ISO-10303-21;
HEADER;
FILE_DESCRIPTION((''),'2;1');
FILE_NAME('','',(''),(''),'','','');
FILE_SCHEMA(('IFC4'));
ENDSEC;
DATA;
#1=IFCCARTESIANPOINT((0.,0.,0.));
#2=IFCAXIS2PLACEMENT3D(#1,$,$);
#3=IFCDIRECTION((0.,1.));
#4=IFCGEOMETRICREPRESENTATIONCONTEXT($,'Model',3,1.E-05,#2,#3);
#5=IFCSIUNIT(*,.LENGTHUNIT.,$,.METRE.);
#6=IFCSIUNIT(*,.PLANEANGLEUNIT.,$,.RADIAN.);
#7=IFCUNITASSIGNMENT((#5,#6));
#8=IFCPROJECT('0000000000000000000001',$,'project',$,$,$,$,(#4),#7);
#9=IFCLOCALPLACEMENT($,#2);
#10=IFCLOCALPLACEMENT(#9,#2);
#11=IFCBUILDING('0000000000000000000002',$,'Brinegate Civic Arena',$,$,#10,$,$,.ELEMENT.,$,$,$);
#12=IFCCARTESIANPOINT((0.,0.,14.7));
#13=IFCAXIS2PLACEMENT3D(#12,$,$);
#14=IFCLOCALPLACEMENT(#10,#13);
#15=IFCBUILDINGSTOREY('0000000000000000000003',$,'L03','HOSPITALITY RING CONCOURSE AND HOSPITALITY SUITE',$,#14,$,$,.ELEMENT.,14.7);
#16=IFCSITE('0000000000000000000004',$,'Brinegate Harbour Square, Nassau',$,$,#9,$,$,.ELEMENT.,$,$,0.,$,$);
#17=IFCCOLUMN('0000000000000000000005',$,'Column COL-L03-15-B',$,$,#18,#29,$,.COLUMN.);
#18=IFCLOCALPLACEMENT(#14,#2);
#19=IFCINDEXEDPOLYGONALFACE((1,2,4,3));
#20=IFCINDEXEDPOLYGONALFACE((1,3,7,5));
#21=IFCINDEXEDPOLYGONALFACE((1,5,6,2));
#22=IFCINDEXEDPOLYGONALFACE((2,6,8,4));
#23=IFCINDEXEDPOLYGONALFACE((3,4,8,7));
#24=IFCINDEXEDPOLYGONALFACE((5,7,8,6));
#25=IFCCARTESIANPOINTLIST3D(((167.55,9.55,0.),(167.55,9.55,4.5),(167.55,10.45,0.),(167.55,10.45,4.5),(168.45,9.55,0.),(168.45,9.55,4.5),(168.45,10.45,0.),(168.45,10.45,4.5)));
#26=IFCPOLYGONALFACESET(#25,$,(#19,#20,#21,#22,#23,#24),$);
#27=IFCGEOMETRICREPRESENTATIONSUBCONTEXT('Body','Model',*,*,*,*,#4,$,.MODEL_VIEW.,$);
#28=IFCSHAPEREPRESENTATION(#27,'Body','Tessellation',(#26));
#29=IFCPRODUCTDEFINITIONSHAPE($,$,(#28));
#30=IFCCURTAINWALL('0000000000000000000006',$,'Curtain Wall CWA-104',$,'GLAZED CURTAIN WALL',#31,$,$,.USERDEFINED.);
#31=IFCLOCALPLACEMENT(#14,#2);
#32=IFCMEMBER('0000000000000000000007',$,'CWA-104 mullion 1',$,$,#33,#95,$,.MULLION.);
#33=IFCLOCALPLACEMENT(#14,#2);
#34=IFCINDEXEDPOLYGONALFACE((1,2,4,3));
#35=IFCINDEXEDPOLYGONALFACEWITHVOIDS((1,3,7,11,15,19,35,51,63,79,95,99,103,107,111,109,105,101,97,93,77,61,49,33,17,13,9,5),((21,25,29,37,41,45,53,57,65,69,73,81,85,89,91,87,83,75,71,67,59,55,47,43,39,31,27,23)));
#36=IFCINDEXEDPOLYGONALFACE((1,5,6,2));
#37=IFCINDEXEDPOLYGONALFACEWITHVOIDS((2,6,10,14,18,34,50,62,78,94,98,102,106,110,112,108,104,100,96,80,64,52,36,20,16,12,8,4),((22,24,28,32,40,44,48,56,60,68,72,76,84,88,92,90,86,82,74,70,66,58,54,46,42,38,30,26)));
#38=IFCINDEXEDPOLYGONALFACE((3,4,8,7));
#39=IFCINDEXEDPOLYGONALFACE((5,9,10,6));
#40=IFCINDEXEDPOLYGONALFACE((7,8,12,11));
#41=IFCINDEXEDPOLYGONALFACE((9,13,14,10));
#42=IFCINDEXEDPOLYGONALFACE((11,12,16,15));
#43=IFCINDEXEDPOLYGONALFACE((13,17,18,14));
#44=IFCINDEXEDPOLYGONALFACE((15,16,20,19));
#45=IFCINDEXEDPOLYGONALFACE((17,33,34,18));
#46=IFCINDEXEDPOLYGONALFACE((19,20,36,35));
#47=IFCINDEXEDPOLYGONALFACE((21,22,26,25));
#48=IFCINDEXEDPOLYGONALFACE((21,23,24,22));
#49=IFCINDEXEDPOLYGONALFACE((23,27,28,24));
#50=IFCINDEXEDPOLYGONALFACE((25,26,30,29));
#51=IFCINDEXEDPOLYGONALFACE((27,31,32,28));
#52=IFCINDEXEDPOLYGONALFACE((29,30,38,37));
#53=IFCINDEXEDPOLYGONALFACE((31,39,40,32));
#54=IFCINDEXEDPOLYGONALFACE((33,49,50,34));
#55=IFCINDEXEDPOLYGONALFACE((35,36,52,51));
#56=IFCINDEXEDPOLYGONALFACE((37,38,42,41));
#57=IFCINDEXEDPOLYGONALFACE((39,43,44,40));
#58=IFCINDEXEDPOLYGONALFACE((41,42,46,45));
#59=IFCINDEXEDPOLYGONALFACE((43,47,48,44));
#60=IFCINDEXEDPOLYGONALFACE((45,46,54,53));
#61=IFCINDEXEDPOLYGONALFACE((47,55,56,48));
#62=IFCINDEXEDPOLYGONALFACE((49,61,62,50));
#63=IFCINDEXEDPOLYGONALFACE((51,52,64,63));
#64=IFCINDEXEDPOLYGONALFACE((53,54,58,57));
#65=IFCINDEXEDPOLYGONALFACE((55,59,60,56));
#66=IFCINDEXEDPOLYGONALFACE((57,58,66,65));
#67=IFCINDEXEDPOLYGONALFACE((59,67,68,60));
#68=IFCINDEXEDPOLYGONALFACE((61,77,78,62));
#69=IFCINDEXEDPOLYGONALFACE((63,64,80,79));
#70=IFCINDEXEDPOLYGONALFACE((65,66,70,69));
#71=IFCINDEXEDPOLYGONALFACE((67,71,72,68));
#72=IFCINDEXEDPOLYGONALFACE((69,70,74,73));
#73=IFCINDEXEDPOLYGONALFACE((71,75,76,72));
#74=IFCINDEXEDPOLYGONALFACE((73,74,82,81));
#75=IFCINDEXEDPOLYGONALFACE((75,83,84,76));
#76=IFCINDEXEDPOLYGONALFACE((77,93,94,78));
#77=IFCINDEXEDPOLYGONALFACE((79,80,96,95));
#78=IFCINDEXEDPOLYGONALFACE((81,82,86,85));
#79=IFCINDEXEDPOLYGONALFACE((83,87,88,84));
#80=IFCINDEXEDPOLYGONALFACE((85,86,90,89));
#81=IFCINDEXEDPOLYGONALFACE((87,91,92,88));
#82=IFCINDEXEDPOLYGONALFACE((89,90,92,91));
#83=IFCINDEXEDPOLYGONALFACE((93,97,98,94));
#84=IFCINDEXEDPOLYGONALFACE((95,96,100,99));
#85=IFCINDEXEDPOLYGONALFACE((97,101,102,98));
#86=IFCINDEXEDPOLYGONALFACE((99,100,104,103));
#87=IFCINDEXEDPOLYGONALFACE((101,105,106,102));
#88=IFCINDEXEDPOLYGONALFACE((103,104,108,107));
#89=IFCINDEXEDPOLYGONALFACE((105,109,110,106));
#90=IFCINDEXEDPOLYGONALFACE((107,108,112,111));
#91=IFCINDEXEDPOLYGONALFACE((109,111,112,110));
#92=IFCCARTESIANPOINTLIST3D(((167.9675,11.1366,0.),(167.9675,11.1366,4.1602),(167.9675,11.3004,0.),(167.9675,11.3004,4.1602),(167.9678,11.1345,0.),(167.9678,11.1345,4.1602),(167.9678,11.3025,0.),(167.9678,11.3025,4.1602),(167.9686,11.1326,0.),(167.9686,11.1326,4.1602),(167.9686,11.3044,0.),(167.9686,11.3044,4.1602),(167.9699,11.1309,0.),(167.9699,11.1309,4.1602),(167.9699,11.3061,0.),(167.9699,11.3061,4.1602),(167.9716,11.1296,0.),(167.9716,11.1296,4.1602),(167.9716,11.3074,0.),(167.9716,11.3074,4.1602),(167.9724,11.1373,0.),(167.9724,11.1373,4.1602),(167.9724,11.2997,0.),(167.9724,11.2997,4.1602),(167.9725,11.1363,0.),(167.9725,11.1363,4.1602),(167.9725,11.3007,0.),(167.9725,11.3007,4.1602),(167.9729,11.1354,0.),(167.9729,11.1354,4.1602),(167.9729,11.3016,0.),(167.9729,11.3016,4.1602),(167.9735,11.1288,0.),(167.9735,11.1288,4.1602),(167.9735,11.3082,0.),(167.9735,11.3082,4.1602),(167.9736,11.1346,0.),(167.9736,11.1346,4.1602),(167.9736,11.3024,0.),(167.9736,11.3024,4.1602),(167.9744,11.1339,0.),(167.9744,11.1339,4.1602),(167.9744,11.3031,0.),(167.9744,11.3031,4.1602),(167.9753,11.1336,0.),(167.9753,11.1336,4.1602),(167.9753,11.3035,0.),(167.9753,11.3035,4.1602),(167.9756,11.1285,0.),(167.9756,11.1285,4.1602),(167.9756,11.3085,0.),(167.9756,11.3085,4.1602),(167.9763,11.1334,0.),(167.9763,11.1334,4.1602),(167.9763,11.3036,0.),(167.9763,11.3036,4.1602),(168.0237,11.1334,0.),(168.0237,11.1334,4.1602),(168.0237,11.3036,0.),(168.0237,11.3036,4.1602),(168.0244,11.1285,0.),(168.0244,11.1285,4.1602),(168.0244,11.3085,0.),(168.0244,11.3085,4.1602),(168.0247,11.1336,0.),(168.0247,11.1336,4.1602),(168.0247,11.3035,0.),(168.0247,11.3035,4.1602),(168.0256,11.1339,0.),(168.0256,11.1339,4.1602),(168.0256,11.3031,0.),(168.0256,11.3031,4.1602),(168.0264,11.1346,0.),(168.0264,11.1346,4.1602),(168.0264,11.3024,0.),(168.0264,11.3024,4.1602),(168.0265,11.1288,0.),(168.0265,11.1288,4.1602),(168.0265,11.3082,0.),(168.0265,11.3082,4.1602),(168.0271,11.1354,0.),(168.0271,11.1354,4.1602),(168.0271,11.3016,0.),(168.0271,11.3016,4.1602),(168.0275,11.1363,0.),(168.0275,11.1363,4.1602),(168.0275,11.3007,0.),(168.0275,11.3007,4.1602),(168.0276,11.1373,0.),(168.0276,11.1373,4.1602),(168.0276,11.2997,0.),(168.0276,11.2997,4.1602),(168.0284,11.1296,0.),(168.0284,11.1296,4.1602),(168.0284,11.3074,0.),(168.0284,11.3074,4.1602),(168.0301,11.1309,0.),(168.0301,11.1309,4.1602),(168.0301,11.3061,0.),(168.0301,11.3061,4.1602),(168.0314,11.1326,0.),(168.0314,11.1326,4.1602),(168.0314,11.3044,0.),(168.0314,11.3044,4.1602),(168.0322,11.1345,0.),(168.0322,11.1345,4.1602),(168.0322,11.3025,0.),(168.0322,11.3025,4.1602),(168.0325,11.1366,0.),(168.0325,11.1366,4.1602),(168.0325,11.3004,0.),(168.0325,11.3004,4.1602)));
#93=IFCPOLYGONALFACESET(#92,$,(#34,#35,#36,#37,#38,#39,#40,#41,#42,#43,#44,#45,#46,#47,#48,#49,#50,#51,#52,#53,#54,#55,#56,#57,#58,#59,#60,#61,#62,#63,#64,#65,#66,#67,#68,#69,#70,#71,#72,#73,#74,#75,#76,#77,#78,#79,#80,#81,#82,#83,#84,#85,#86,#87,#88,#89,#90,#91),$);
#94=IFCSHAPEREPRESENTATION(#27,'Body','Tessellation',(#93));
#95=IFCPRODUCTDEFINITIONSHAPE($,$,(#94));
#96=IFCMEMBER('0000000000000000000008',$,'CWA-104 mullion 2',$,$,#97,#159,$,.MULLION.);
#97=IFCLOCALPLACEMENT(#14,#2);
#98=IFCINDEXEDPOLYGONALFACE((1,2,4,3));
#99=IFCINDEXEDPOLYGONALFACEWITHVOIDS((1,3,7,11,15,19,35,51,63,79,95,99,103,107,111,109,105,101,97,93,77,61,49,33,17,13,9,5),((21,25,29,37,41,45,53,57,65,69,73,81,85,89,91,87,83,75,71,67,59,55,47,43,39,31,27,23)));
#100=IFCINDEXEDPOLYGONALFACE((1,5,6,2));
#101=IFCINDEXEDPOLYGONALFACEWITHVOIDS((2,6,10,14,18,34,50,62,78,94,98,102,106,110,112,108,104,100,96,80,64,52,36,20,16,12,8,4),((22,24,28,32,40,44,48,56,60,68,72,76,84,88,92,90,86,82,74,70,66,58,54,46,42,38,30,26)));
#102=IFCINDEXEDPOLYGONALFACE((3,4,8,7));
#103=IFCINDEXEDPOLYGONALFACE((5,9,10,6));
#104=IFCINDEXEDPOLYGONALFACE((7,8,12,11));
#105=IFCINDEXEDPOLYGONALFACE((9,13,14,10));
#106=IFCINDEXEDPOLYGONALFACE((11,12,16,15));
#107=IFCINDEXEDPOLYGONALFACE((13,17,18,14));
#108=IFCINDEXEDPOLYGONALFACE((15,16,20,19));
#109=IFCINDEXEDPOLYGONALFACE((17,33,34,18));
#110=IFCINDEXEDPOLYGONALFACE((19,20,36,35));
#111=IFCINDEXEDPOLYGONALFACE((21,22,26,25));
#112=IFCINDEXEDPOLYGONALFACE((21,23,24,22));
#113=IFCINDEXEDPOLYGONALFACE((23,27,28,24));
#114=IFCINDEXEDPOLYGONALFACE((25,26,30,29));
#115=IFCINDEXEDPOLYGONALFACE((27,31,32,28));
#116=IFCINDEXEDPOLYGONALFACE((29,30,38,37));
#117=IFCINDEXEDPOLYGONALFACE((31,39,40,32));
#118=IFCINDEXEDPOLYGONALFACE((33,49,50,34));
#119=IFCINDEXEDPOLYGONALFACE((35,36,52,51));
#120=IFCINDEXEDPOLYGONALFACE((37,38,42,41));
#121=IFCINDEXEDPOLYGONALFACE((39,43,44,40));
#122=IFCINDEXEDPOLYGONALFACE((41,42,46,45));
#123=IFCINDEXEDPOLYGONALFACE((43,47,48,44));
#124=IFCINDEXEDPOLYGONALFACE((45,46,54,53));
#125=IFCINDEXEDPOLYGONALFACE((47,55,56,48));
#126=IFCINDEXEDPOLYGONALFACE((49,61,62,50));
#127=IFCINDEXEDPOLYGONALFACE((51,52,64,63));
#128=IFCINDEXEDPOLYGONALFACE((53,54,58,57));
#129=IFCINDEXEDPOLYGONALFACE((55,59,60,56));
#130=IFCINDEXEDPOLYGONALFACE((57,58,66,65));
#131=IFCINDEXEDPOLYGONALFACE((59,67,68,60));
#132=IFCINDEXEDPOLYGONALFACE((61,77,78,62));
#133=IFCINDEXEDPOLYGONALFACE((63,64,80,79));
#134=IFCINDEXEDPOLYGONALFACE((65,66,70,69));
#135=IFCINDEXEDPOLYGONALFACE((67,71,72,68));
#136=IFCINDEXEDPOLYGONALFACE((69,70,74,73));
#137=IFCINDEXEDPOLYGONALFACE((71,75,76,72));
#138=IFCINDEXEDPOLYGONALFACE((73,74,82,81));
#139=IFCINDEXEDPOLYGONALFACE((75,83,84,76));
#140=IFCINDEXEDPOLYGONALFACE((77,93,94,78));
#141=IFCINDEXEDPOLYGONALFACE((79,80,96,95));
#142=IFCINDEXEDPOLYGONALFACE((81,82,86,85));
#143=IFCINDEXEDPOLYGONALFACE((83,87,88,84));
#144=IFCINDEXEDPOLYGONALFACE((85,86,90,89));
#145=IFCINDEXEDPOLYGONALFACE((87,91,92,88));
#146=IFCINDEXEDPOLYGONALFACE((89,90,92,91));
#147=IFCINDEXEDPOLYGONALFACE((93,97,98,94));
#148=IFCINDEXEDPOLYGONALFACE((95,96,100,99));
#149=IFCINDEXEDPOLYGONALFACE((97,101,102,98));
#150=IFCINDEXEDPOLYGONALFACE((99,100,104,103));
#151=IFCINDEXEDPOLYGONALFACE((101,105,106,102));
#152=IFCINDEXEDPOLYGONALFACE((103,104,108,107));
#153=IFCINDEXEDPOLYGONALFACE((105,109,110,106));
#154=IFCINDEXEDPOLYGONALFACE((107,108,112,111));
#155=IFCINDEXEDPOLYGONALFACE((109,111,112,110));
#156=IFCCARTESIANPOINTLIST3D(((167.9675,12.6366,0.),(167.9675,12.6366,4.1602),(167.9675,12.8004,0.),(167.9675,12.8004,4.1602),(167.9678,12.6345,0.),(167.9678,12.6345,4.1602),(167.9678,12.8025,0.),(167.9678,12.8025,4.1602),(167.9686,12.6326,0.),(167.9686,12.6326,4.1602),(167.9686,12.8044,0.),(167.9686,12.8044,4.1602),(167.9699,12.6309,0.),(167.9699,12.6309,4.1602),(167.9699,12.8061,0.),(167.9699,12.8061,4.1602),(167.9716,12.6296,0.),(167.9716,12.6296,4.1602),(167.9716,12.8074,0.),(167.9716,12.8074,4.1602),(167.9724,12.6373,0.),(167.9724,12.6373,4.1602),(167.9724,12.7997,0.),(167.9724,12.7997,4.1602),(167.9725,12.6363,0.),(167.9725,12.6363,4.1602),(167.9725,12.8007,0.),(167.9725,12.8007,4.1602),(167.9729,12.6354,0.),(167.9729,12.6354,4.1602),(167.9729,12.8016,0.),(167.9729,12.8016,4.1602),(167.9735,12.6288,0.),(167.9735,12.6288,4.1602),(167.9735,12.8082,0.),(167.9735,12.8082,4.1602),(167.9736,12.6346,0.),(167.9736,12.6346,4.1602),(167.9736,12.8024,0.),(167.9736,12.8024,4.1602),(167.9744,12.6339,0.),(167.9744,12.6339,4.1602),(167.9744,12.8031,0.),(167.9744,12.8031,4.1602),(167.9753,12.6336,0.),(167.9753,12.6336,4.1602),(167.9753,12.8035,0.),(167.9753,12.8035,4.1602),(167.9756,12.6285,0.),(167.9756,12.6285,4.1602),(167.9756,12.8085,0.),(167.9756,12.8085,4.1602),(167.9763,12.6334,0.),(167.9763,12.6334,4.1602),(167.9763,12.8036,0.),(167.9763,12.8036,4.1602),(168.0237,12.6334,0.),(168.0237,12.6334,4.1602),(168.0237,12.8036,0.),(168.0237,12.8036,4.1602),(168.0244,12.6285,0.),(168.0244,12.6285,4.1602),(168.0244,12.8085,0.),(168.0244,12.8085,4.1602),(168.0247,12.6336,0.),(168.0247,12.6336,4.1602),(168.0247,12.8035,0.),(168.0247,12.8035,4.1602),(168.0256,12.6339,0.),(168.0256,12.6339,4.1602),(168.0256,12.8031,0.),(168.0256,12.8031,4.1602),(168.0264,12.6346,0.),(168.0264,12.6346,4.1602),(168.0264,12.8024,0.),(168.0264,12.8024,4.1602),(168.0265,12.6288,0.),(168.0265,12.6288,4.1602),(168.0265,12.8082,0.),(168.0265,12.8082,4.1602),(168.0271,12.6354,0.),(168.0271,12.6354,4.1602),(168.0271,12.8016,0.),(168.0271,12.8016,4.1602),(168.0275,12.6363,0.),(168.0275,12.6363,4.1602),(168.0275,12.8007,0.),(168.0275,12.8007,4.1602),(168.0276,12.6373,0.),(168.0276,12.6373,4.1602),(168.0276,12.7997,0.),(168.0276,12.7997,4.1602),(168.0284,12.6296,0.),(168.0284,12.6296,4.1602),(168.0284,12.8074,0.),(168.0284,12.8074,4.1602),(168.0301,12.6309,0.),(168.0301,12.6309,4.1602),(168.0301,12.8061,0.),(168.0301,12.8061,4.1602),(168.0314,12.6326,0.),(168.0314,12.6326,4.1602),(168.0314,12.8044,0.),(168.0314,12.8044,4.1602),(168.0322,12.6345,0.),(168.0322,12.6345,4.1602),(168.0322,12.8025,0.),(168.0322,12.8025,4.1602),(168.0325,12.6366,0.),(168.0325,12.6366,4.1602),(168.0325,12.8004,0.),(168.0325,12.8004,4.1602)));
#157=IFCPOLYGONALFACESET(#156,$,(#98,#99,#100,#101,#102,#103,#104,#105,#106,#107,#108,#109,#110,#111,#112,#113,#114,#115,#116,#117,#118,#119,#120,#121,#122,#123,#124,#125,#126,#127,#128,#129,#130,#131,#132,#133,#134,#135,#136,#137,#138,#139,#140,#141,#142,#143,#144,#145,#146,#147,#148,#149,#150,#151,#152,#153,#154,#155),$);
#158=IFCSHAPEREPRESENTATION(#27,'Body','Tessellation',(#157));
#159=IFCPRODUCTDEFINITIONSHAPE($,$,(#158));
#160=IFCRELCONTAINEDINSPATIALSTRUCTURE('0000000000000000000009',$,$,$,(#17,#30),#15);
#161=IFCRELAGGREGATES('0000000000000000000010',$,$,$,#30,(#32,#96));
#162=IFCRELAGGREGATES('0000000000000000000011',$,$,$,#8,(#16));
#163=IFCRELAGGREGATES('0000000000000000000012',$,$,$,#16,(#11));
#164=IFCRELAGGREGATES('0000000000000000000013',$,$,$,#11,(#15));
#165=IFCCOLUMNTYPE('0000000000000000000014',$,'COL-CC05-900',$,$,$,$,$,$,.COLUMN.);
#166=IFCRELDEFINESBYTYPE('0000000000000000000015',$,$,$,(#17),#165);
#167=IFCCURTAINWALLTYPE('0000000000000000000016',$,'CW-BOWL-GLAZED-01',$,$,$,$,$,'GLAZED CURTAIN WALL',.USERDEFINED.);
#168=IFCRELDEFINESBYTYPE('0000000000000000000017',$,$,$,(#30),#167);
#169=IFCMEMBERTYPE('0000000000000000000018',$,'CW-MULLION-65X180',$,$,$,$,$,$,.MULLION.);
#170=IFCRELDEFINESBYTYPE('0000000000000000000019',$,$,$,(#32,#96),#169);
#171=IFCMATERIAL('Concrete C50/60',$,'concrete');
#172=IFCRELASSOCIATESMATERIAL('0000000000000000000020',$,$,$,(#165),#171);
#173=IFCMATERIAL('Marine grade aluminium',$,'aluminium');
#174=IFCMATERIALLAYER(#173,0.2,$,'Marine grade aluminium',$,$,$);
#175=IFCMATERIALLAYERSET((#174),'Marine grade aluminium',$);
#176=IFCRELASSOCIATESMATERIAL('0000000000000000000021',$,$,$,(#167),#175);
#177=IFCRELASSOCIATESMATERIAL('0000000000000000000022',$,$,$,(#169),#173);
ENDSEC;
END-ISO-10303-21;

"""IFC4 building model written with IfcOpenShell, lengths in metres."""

from ifc_helpers import new_model, si_unit, direction, frame, origin, origin_2d, place, context, subcontext, project, spatial, rectangle, hollow_rectangle, extrude, material, layer, layer_set, material_profile, profile_set, type_object, element, aggregate, save


model = new_model("IFC4")

# Units and contexts
model_context = context("Model", 3, precision=1e-05, world=origin(), true_north=direction((0.0, 1.0)))
body_context = subcontext(model_context, "Body", "Model", "MODEL_VIEW")
ifc_project = project(units=[si_unit("LENGTHUNIT", "METRE"), si_unit("PLANEANGLEUNIT", "RADIAN")], contexts=[model_context])

# Site, building, storey
site_placement = place(None, origin())
site = spatial("IfcSite", under=ifc_project, at=site_placement, Name="Brinegate Harbour Square, Nassau", CompositionType="ELEMENT", RefElevation=0.0)
building_placement = place(site_placement, origin())
building = spatial("IfcBuilding", under=site, at=building_placement, Name="Brinegate Civic Arena", CompositionType="ELEMENT")
storey_placement = place(building_placement, frame((0.0, 0.0, 14.7)))
storey = spatial("IfcBuildingStorey", under=building, at=storey_placement, Name="L03", Description="HOSPITALITY RING CONCOURSE AND HOSPITALITY SUITE", CompositionType="ELEMENT", Elevation=14.7)

# Column
ifc_material_1 = material(Name="Concrete C50/60", Category="concrete")
ifc_material_profile_1 = material_profile(ifc_material_1, rectangle(XDim=0.8999, YDim=0.8999, at=origin_2d()), Name="RC900X900")
ifc_profile_set_1 = profile_set([ifc_material_profile_1], Name="Concrete C50/60")
column_type = type_object("IfcColumnType", Name="COL-CC05-900", PredefinedType="COLUMN", material=ifc_profile_set_1)
column_placement = place(storey_placement, frame((168.0, 10.0, 0.0), z_axis=(0.0, 0.0, 1.0), x_axis=(1.0, 0.0, 0.0)))
element("IfcColumn", 1, at=column_placement, inside=storey, type_object=column_type, Name="Column COL-L03-15-B", PredefinedType="COLUMN", context=body_context, shape_type="SweptSolid", body=[
    extrude(rectangle(XDim=0.8999, YDim=0.8999, at=origin_2d()), origin(), (0.0, 0.0, 1.0), 4.5),
])

# Curtain wall, members
ifc_material_2 = material(Name="Marine grade aluminium", Category="aluminium")
ifc_layer_1 = layer(ifc_material_2, 0.2, Name="Marine grade aluminium")
ifc_layer_set_1 = layer_set([ifc_layer_1], Name="Marine grade aluminium")
curtain_wall_type = type_object("IfcCurtainWallType", Name="CW-BOWL-GLAZED-01", ElementType="GLAZED CURTAIN WALL", PredefinedType="USERDEFINED", material=ifc_layer_set_1)
curtain_wall_placement = place(storey_placement, origin())
curtain_wall = element("IfcCurtainWall", 2, at=curtain_wall_placement, inside=storey, type_object=curtain_wall_type, Name="Curtain Wall CWA-104", ObjectType="GLAZED CURTAIN WALL", PredefinedType="USERDEFINED")
ifc_material_profile_2 = material_profile(ifc_material_2, hollow_rectangle(XDim=0.0649, YDim=0.1799, WallThickness=0.0049, InnerFilletRadius=0.0039, OuterFilletRadius=0.0081, at=origin_2d()), Name="MUL65X180")
ifc_profile_set_2 = profile_set([ifc_material_profile_2], Name="Marine grade aluminium")
member_type_1 = type_object("IfcMemberType", Name="CW-MULLION-65X180", PredefinedType="MULLION", material=ifc_profile_set_2)
member_1_placement = place(storey_placement, frame((168.0, 11.2185, 0.0), z_axis=(0.0, 0.0, 1.0), x_axis=(-1.0, 0.0, 0.0)))
member_1 = element("IfcMember", 3, at=member_1_placement, type_object=member_type_1, Name="CWA-104 mullion 1", PredefinedType="MULLION", context=body_context, shape_type="SweptSolid", body=[
    extrude(hollow_rectangle(XDim=0.0649, YDim=0.1799, WallThickness=0.0049, InnerFilletRadius=0.0039, OuterFilletRadius=0.0081, at=origin_2d()), origin(), (0.0, 0.0, 1.0), 4.1602),
])
member_2_placement = place(storey_placement, frame((168.0, 12.7185, 0.0), z_axis=(0.0, 0.0, 1.0), x_axis=(-1.0, 0.0, 0.0)))
member_2 = element("IfcMember", 4, at=member_2_placement, type_object=member_type_1, Name="CWA-104 mullion 2", PredefinedType="MULLION", context=body_context, shape_type="SweptSolid", body=[
    extrude(hollow_rectangle(XDim=0.0649, YDim=0.1799, WallThickness=0.0049, InnerFilletRadius=0.0039, OuterFilletRadius=0.0081, at=origin_2d()), origin(), (0.0, 0.0, 1.0), 4.1602),
])

aggregate(curtain_wall, [member_1, member_2])

save(model, "model.ifc")
